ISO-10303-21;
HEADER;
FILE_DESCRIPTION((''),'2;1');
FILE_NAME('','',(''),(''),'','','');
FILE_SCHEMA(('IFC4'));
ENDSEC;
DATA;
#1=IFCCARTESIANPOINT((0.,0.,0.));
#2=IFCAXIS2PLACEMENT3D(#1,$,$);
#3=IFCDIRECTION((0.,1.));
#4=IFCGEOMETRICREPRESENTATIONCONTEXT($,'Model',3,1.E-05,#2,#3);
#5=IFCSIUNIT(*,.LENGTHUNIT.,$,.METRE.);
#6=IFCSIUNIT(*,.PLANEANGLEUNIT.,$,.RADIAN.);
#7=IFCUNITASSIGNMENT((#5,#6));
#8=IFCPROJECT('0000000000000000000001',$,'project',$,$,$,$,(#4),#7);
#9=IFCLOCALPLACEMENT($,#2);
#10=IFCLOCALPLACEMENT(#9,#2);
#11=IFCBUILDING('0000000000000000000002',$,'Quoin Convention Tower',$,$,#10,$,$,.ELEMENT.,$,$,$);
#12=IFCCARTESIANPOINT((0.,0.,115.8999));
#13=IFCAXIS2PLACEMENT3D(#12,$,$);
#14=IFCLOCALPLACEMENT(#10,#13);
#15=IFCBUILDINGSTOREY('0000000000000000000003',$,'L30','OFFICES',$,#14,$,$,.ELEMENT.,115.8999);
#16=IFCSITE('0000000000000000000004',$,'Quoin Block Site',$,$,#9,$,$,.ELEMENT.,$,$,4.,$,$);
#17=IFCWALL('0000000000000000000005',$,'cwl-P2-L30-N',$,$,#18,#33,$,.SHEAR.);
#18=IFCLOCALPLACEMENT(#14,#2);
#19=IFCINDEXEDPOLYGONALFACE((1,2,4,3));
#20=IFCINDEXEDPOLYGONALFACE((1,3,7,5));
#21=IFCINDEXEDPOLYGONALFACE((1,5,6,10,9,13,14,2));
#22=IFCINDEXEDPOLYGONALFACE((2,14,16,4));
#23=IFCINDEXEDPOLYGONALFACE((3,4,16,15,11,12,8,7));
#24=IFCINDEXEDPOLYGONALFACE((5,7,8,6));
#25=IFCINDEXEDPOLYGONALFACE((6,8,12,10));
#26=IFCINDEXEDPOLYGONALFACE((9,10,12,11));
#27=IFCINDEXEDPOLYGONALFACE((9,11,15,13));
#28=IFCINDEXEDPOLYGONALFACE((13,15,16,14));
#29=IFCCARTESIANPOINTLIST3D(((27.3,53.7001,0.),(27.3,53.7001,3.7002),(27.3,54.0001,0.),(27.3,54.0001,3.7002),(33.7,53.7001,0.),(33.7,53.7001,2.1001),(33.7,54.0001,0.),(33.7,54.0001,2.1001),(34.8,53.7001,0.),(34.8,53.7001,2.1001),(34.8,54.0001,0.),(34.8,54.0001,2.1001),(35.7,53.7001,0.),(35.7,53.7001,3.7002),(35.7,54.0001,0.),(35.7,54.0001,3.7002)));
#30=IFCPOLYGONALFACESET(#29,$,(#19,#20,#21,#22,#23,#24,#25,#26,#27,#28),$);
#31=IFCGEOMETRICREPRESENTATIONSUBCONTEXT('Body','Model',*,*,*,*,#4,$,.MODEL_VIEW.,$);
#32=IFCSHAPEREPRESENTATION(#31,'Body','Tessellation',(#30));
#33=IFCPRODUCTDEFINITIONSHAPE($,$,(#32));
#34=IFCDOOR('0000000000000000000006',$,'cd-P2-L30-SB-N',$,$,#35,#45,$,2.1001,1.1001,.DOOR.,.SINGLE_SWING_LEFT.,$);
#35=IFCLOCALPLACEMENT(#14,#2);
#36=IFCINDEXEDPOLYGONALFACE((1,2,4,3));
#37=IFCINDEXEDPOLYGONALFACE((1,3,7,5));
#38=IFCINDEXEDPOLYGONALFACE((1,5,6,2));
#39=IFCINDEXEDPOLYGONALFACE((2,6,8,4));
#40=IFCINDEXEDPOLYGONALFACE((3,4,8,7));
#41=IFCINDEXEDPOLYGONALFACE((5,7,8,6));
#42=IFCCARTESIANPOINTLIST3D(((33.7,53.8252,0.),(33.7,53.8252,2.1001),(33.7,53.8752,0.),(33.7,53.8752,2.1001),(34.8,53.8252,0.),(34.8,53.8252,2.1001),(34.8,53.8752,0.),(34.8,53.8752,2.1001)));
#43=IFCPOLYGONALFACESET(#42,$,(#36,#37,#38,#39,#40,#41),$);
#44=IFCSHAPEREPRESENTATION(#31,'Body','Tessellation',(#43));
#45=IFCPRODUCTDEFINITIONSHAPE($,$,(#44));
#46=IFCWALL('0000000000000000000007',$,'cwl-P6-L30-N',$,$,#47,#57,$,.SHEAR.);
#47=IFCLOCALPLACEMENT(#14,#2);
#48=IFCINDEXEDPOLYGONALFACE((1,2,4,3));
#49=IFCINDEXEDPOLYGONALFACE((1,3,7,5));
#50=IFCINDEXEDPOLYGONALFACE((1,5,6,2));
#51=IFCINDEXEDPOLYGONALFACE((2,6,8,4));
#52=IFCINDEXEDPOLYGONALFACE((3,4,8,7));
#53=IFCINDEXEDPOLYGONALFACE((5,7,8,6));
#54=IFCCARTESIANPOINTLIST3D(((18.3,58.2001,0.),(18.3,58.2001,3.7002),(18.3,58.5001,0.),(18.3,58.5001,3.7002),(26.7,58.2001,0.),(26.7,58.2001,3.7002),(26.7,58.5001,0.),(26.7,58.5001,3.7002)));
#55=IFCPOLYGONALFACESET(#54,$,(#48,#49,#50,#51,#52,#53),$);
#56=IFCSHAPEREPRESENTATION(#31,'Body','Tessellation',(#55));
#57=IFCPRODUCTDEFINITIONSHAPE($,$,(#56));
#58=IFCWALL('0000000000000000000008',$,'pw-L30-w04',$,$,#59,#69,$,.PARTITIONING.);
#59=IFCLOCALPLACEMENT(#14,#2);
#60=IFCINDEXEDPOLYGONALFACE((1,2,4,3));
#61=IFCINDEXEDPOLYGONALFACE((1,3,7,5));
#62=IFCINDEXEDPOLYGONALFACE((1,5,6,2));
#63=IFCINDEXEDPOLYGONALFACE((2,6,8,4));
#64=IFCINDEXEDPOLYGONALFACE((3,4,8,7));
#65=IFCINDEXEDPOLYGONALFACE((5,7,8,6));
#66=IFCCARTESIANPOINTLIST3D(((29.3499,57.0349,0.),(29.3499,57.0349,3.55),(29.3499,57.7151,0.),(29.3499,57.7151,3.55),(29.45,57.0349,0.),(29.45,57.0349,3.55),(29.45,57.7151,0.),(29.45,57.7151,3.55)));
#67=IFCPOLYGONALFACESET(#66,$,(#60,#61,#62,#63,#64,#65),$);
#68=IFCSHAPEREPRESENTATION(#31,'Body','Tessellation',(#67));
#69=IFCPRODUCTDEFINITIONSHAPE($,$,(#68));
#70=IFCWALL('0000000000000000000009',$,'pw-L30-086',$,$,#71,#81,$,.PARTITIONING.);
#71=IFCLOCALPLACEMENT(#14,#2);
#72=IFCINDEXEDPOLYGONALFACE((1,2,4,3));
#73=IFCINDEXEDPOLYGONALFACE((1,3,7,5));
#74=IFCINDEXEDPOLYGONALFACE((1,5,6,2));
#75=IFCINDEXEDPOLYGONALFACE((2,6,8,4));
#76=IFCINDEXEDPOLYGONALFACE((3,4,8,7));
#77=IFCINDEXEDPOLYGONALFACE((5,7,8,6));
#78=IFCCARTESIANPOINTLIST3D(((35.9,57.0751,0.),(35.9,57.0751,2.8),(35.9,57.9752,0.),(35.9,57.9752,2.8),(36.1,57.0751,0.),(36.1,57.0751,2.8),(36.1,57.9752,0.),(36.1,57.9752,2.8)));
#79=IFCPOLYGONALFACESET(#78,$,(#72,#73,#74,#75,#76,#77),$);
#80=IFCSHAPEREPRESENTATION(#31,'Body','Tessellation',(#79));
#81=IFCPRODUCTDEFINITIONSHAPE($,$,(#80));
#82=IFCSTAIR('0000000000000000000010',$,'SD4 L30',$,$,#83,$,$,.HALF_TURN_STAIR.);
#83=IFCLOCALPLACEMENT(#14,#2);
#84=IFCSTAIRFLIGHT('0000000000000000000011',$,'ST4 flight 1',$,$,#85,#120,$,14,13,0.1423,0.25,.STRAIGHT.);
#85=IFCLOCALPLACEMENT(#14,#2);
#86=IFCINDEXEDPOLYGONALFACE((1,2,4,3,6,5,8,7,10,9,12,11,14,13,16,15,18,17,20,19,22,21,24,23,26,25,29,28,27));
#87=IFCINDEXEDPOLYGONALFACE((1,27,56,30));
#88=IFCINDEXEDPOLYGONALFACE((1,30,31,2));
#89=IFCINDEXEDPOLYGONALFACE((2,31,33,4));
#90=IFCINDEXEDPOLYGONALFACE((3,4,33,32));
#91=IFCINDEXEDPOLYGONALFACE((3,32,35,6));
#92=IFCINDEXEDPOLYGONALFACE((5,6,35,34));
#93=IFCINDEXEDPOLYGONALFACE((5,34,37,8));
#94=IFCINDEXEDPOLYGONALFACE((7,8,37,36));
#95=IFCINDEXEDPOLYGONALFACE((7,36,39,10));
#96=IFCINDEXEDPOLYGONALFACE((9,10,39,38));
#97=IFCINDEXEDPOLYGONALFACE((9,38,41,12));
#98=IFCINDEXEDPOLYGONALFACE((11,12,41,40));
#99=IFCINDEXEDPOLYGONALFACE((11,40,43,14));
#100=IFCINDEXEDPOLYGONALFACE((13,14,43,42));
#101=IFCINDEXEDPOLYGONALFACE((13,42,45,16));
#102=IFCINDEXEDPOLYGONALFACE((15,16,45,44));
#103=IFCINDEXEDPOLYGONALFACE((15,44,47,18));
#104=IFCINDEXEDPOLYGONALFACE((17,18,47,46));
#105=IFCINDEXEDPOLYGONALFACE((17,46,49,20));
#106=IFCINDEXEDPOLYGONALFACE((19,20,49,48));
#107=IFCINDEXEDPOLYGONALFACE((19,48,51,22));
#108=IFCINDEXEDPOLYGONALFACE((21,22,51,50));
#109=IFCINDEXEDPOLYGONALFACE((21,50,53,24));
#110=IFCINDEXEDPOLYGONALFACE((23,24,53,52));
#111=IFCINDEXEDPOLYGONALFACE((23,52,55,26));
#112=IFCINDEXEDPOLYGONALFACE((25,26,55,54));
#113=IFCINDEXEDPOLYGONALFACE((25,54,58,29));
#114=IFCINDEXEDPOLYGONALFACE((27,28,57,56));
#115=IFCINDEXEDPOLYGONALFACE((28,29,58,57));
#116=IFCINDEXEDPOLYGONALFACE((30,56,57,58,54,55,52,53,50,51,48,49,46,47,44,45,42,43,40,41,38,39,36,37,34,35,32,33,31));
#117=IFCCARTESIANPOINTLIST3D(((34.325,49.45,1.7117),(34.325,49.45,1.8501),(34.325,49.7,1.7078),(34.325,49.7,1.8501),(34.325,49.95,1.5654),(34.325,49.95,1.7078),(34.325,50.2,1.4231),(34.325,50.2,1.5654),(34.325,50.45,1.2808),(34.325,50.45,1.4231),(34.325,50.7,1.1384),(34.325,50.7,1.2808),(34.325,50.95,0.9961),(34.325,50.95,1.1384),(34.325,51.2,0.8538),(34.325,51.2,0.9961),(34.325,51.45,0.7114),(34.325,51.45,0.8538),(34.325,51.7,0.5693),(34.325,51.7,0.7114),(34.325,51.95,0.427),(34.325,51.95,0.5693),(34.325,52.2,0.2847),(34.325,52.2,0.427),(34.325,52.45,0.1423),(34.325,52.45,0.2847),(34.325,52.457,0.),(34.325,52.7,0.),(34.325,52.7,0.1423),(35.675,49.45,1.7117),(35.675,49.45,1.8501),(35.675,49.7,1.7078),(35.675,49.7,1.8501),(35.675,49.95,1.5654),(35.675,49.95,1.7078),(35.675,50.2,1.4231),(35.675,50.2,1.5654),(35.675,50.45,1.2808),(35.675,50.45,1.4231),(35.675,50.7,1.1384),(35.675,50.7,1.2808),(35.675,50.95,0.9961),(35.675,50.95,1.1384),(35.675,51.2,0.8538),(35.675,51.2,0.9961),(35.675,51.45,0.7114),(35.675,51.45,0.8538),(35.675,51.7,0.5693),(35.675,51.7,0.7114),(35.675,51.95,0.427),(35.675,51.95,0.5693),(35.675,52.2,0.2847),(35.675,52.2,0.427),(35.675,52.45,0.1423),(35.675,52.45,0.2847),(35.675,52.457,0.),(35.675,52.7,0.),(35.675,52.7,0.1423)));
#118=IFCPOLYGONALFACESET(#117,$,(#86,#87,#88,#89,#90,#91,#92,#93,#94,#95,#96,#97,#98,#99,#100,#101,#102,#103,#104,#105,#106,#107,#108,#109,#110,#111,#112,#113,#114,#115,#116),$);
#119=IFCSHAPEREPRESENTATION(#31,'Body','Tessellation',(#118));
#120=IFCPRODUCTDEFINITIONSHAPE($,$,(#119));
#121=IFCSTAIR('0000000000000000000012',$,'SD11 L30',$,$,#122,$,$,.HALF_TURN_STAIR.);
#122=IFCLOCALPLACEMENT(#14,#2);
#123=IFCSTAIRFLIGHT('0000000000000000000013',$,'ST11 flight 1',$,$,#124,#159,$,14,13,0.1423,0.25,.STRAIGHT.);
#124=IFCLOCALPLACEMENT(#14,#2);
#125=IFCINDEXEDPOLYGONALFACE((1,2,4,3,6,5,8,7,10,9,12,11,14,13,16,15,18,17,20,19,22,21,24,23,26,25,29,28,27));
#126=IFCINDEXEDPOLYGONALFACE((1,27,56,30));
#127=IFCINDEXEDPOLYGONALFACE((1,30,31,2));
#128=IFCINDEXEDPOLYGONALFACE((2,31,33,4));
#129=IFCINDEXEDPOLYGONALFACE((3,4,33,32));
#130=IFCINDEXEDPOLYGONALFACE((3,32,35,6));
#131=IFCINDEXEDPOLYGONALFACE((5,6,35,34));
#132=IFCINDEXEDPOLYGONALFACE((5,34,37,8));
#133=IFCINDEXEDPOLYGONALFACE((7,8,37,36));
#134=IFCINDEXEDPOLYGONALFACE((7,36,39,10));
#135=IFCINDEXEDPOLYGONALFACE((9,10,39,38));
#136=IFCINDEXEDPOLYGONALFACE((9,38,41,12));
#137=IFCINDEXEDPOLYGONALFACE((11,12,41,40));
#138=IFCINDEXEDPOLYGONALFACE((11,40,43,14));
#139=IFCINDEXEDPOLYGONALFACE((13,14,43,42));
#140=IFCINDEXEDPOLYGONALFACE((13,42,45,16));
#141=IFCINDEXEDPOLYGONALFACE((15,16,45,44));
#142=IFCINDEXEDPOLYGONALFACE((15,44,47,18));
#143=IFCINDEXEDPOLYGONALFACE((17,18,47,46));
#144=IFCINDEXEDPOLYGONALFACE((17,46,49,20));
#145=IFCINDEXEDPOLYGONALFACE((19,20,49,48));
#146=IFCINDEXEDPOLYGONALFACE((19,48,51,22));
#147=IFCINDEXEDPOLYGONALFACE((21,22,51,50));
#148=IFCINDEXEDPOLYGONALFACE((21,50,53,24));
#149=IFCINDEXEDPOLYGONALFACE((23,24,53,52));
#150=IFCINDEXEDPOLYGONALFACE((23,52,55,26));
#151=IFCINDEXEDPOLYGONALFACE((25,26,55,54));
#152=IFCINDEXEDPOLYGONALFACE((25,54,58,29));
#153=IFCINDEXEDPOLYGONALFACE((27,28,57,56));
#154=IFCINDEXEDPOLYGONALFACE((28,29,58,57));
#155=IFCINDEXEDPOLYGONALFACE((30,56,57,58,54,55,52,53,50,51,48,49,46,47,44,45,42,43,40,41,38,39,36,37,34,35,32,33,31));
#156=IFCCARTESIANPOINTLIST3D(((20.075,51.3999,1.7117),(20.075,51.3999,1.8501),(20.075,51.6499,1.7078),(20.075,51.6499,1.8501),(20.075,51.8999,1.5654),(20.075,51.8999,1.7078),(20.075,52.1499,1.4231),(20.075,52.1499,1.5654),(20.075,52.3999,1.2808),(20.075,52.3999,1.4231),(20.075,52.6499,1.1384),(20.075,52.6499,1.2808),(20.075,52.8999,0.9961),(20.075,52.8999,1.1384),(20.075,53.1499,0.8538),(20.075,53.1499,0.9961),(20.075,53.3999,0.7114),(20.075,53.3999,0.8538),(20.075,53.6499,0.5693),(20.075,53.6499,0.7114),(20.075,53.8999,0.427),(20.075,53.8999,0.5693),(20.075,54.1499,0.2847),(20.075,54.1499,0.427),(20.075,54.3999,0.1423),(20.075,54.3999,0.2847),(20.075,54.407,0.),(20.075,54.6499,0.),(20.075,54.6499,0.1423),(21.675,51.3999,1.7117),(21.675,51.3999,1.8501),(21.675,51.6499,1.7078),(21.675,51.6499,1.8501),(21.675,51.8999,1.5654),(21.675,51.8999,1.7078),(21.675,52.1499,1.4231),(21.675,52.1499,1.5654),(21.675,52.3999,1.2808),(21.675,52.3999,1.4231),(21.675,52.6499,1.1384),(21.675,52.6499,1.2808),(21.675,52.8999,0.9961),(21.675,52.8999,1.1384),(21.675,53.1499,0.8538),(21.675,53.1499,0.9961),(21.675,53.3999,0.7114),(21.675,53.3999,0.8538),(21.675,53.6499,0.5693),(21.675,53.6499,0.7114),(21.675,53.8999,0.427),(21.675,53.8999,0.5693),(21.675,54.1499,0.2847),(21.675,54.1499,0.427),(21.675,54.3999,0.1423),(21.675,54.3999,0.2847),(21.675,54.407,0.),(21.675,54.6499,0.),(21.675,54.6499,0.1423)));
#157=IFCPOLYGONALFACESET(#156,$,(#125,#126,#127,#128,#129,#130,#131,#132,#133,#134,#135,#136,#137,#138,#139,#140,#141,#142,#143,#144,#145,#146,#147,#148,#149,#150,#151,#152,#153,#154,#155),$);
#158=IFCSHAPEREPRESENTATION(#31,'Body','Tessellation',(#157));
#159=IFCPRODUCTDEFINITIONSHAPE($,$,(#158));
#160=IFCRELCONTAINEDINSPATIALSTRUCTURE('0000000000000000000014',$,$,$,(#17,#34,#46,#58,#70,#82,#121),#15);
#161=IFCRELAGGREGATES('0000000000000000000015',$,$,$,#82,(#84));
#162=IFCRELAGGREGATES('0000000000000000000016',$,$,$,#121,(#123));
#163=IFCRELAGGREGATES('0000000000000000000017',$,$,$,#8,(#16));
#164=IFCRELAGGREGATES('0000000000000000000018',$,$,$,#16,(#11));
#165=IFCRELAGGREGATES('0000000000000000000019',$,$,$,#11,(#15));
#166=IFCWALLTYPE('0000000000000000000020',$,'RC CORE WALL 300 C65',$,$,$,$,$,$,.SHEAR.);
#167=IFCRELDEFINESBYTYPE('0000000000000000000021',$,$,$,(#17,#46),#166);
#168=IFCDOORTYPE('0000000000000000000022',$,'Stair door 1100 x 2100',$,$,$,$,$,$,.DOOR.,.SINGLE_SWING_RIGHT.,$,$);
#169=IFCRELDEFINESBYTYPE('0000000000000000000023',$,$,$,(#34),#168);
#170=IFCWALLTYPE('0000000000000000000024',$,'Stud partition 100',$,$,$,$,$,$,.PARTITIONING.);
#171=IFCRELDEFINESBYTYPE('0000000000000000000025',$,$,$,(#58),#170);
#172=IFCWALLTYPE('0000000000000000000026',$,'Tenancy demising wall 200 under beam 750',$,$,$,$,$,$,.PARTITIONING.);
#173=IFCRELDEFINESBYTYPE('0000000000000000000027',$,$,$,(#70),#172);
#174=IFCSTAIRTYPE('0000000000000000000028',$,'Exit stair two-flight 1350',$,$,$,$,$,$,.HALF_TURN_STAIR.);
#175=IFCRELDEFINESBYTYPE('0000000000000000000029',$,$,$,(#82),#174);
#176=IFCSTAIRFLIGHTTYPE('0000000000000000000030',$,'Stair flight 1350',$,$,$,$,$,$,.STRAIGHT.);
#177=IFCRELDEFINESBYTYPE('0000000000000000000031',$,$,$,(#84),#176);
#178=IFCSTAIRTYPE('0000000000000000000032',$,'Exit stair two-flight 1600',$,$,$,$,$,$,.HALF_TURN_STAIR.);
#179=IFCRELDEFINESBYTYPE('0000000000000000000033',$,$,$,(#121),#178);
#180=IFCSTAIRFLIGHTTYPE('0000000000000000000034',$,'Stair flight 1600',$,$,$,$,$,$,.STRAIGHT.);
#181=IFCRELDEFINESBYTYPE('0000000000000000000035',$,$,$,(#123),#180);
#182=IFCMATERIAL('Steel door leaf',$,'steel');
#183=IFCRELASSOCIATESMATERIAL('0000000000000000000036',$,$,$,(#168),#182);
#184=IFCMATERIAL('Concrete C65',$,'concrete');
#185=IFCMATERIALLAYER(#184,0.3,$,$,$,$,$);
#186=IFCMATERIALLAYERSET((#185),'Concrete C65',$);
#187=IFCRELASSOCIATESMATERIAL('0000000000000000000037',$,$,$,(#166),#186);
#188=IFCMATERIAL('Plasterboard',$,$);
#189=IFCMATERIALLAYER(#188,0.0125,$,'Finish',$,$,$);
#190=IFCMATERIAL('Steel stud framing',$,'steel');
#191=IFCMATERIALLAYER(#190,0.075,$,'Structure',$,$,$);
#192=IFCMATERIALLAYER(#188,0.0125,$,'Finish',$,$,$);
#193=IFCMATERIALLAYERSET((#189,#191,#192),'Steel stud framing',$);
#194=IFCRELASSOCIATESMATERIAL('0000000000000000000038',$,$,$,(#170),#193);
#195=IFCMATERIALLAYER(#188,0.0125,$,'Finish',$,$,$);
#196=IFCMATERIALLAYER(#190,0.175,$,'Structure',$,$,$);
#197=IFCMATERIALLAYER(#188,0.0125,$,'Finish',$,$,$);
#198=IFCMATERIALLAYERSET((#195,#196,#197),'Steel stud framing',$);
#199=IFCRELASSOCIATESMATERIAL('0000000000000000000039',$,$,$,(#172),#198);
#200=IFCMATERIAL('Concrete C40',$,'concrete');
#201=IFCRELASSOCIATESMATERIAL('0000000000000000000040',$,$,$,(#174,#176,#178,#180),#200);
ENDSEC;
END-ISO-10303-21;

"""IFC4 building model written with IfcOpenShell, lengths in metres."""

from ifc_helpers import new_model, si_unit, direction, frame, frame_2d, origin, place, context, subcontext, project, spatial, polyline, rectangle, outline, extrude, material, layer, layer_set, type_object, element, fill, aggregate, save


model = new_model("IFC4")

# Units and contexts
model_context = context("Model", 3, precision=1e-05, world=origin(), true_north=direction((0.0, 1.0)))
body_context = subcontext(model_context, "Body", "Model", "MODEL_VIEW")
ifc_project = project(units=[si_unit("LENGTHUNIT", "METRE"), si_unit("PLANEANGLEUNIT", "RADIAN")], contexts=[model_context])

# Site, building, storey
site_placement = place(None, origin())
site = spatial("IfcSite", under=ifc_project, at=site_placement, Name="Quoin Block Site", CompositionType="ELEMENT", RefElevation=4.0)
building_placement = place(site_placement, origin())
building = spatial("IfcBuilding", under=site, at=building_placement, Name="Quoin Convention Tower", CompositionType="ELEMENT")
storey_placement = place(building_placement, frame((0.0, 0.0, 115.8999)))
storey = spatial("IfcBuildingStorey", under=building, at=storey_placement, Name="L30", Description="OFFICES", CompositionType="ELEMENT", Elevation=115.8999)

# Shared definitions
ifc_material_1 = material(Name="Concrete C65", Category="concrete")

# Shared definitions
ifc_material_2 = material(Name="Steel door leaf", Category="steel")
door_type_1 = type_object("IfcDoorType", Name="Stair door 1100 x 2100", OperationType="SINGLE_SWING_RIGHT", PredefinedType="DOOR", material=ifc_material_2)
ifc_material_3 = material(Name="Plasterboard")
ifc_material_4 = material(Name="Steel stud framing", Category="steel")

# Wall, opening, door
ifc_layer_1 = layer(ifc_material_1, 0.3)
ifc_layer_set_1 = layer_set([ifc_layer_1], Name="Concrete C65")
wall_type_1 = type_object("IfcWallType", Name="RC CORE WALL 300 C65", PredefinedType="SHEAR", material=ifc_layer_set_1)
wall_1_placement = place(storey_placement, frame((27.3, 53.8501, 0.0), z_axis=(0.0, 0.0, 1.0), x_axis=(1.0, 0.0, 0.0)))
wall_1 = element("IfcWall", 1, at=wall_1_placement, inside=storey, type_object=wall_type_1, Name="cwl-P2-L30-N", PredefinedType="SHEAR", context=body_context, shape_type="SweptSolid", body=[
    extrude(rectangle(XDim=8.3999, YDim=0.3, at=frame_2d((4.2, 0.0))), origin(), (0.0, 0.0, 1.0), 3.7002),
])
opening_1_placement = place(wall_1_placement, frame((6.3999, 0.0, 0.0)))
opening_1 = element("IfcOpeningElement", 2, at=opening_1_placement, cuts=wall_1, PredefinedType="OPENING", context=body_context, shape_type="SweptSolid", body=[
    extrude(rectangle(XDim=1.1001, YDim=2.1001, at=frame_2d((0.55, 1.05))), frame((0.0, 0.1599, 0.0), z_axis=(0.0, -1.0, 0.0), x_axis=(1.0, 0.0, 0.0)), (0.0, 0.0, 1.0), 0.3201),
])
door_1_placement = place(opening_1_placement, frame((1.1001, 0.0, 0.0), z_axis=(0.0, 0.0, 1.0), x_axis=(-1.0, 0.0, 0.0)))
door_1 = element("IfcDoor", 3, at=door_1_placement, inside=storey, type_object=door_type_1, Name="cd-P2-L30-SB-N", OperationType="SINGLE_SWING_LEFT", OverallHeight=2.1001, OverallWidth=1.1001, PredefinedType="DOOR", context=body_context, shape_type="SweptSolid", body=[
    extrude(rectangle(XDim=1.1001, YDim=2.1001, at=frame_2d((0.55, 1.05))), frame((0.0, 0.0249, 0.0), z_axis=(0.0, -1.0, 0.0), x_axis=(1.0, 0.0, 0.0)), (0.0, 0.0, 1.0), 0.05),
])
fill(opening_1, door_1)

# Walls
wall_2_placement = place(storey_placement, frame((18.3, 58.3501, 0.0), z_axis=(0.0, 0.0, 1.0), x_axis=(1.0, 0.0, 0.0)))
element("IfcWall", 4, at=wall_2_placement, inside=storey, type_object=wall_type_1, Name="cwl-P6-L30-N", PredefinedType="SHEAR", context=body_context, shape_type="SweptSolid", body=[
    extrude(rectangle(XDim=8.3999, YDim=0.3, at=frame_2d((4.2, 0.0))), origin(), (0.0, 0.0, 1.0), 3.7002),
])
ifc_layer_2 = layer(ifc_material_3, 0.0125, Name="Finish")
ifc_layer_3 = layer(ifc_material_4, 0.075, Name="Structure")
ifc_layer_4 = layer(ifc_material_3, 0.0125, Name="Finish")
ifc_layer_set_2 = layer_set([ifc_layer_2, ifc_layer_3, ifc_layer_4], Name="Steel stud framing")
wall_type_2 = type_object("IfcWallType", Name="Stud partition 100", PredefinedType="PARTITIONING", material=ifc_layer_set_2)
wall_3_placement = place(storey_placement, frame((29.3999, 57.7151, 0.0), z_axis=(0.0, 0.0, 1.0), x_axis=(0.0, -1.0, 0.0)))
element("IfcWall", 5, at=wall_3_placement, inside=storey, type_object=wall_type_2, Name="pw-L30-w04", PredefinedType="PARTITIONING", context=body_context, shape_type="SweptSolid", body=[
    extrude(rectangle(XDim=0.6802, YDim=0.1001, at=frame_2d((0.3401, 0.0))), origin(), (0.0, 0.0, 1.0), 3.55),
])
ifc_layer_5 = layer(ifc_material_3, 0.0125, Name="Finish")
ifc_layer_6 = layer(ifc_material_4, 0.175, Name="Structure")
ifc_layer_7 = layer(ifc_material_3, 0.0125, Name="Finish")
ifc_layer_set_3 = layer_set([ifc_layer_5, ifc_layer_6, ifc_layer_7], Name="Steel stud framing")
wall_type_3 = type_object("IfcWallType", Name="Tenancy demising wall 200 under beam 750", PredefinedType="PARTITIONING", material=ifc_layer_set_3)
wall_4_placement = place(storey_placement, frame((36.0, 57.075, 0.0), z_axis=(0.0, 0.0, 1.0), x_axis=(0.0, 1.0, 0.0)))
element("IfcWall", 6, at=wall_4_placement, inside=storey, type_object=wall_type_3, Name="pw-L30-086", PredefinedType="PARTITIONING", context=body_context, shape_type="SweptSolid", body=[
    extrude(rectangle(XDim=0.9001, YDim=0.2, at=frame_2d((0.4502, 0.0))), origin(), (0.0, 0.0, 1.0), 2.8),
])

# Stairs, stair flights
ifc_material_5 = material(Name="Concrete C40", Category="concrete")
stair_type_1 = type_object("IfcStairType", Name="Exit stair two-flight 1350", PredefinedType="HALF_TURN_STAIR", material=ifc_material_5)
stair_1_placement = place(storey_placement, origin())
stair_1 = element("IfcStair", 7, at=stair_1_placement, inside=storey, type_object=stair_type_1, Name="SD4 L30", PredefinedType="HALF_TURN_STAIR")
stair_flight_type_1 = type_object("IfcStairFlightType", Name="Stair flight 1350", PredefinedType="STRAIGHT", material=ifc_material_5)
stair_flight_1_placement = place(storey_placement, frame((35.0, 52.7, 0.0), z_axis=(0.0, 0.0, 1.0), x_axis=(0.0, -1.0, 0.0)))
stair_flight_1 = element("IfcStairFlight", 8, at=stair_flight_1_placement, type_object=stair_flight_type_1, Name="ST4 flight 1", NumberOfRisers=14, NumberOfTreads=13, PredefinedType="STRAIGHT", RiserHeight=0.1423, TreadLength=0.25, context=body_context, shape_type="SweptSolid", body=[
    extrude(outline(polyline([(0.0, 0.0), (0.0, 0.1423), (0.25, 0.1423), (0.25, 0.2847), (0.5, 0.2847), (0.5, 0.427), (0.75, 0.427), (0.75, 0.5693), (1.0, 0.5693), (1.0, 0.7114), (1.25, 0.7114), (1.25, 0.8538), (1.5, 0.8538), (1.5, 0.9961), (1.75, 0.9961), (1.75, 1.1384), (2.0, 1.1384), (2.0, 1.2808), (2.25, 1.2808), (2.25, 1.4231), (2.5, 1.4231), (2.5, 1.5654), (2.75, 1.5654), (2.75, 1.7078), (3.0, 1.7078), (3.0, 1.8501), (3.25, 1.8501), (3.25, 1.9922), (3.25, 1.7117), (0.2429, 0.0), (0.0, 0.0)])), frame((0.0, 0.675, 0.0), z_axis=(0.0, -1.0, 0.0), x_axis=(1.0, 0.0, 0.0)), (0.0, 0.0, 1.0), 1.3501),
])
aggregate(stair_1, [stair_flight_1])
stair_type_2 = type_object("IfcStairType", Name="Exit stair two-flight 1600", PredefinedType="HALF_TURN_STAIR", material=ifc_material_5)
stair_2_placement = place(storey_placement, origin())
stair_2 = element("IfcStair", 9, at=stair_2_placement, inside=storey, type_object=stair_type_2, Name="SD11 L30", PredefinedType="HALF_TURN_STAIR")
stair_flight_type_2 = type_object("IfcStairFlightType", Name="Stair flight 1600", PredefinedType="STRAIGHT", material=ifc_material_5)
stair_flight_2_placement = place(storey_placement, frame((20.875, 54.6499, 0.0), z_axis=(0.0, 0.0, 1.0), x_axis=(0.0, -1.0, 0.0)))
stair_flight_2 = element("IfcStairFlight", 10, at=stair_flight_2_placement, type_object=stair_flight_type_2, Name="ST11 flight 1", NumberOfRisers=14, NumberOfTreads=13, PredefinedType="STRAIGHT", RiserHeight=0.1423, TreadLength=0.25, context=body_context, shape_type="SweptSolid", body=[
    extrude(outline(polyline([(0.0, 0.0), (0.0, 0.1423), (0.25, 0.1423), (0.25, 0.2847), (0.5, 0.2847), (0.5, 0.427), (0.75, 0.427), (0.75, 0.5693), (1.0, 0.5693), (1.0, 0.7114), (1.25, 0.7114), (1.25, 0.8538), (1.5, 0.8538), (1.5, 0.9961), (1.75, 0.9961), (1.75, 1.1384), (2.0, 1.1384), (2.0, 1.2808), (2.25, 1.2808), (2.25, 1.4231), (2.5, 1.4231), (2.5, 1.5654), (2.75, 1.5654), (2.75, 1.7078), (3.0, 1.7078), (3.0, 1.8501), (3.25, 1.8501), (3.25, 1.9922), (3.25, 1.7117), (0.2429, 0.0), (0.0, 0.0)])), frame((0.0, 0.8, 0.0), z_axis=(0.0, -1.0, 0.0), x_axis=(1.0, 0.0, 0.0)), (0.0, 0.0, 1.0), 1.6001),
])
aggregate(stair_2, [stair_flight_2])

save(model, "model.ifc")
